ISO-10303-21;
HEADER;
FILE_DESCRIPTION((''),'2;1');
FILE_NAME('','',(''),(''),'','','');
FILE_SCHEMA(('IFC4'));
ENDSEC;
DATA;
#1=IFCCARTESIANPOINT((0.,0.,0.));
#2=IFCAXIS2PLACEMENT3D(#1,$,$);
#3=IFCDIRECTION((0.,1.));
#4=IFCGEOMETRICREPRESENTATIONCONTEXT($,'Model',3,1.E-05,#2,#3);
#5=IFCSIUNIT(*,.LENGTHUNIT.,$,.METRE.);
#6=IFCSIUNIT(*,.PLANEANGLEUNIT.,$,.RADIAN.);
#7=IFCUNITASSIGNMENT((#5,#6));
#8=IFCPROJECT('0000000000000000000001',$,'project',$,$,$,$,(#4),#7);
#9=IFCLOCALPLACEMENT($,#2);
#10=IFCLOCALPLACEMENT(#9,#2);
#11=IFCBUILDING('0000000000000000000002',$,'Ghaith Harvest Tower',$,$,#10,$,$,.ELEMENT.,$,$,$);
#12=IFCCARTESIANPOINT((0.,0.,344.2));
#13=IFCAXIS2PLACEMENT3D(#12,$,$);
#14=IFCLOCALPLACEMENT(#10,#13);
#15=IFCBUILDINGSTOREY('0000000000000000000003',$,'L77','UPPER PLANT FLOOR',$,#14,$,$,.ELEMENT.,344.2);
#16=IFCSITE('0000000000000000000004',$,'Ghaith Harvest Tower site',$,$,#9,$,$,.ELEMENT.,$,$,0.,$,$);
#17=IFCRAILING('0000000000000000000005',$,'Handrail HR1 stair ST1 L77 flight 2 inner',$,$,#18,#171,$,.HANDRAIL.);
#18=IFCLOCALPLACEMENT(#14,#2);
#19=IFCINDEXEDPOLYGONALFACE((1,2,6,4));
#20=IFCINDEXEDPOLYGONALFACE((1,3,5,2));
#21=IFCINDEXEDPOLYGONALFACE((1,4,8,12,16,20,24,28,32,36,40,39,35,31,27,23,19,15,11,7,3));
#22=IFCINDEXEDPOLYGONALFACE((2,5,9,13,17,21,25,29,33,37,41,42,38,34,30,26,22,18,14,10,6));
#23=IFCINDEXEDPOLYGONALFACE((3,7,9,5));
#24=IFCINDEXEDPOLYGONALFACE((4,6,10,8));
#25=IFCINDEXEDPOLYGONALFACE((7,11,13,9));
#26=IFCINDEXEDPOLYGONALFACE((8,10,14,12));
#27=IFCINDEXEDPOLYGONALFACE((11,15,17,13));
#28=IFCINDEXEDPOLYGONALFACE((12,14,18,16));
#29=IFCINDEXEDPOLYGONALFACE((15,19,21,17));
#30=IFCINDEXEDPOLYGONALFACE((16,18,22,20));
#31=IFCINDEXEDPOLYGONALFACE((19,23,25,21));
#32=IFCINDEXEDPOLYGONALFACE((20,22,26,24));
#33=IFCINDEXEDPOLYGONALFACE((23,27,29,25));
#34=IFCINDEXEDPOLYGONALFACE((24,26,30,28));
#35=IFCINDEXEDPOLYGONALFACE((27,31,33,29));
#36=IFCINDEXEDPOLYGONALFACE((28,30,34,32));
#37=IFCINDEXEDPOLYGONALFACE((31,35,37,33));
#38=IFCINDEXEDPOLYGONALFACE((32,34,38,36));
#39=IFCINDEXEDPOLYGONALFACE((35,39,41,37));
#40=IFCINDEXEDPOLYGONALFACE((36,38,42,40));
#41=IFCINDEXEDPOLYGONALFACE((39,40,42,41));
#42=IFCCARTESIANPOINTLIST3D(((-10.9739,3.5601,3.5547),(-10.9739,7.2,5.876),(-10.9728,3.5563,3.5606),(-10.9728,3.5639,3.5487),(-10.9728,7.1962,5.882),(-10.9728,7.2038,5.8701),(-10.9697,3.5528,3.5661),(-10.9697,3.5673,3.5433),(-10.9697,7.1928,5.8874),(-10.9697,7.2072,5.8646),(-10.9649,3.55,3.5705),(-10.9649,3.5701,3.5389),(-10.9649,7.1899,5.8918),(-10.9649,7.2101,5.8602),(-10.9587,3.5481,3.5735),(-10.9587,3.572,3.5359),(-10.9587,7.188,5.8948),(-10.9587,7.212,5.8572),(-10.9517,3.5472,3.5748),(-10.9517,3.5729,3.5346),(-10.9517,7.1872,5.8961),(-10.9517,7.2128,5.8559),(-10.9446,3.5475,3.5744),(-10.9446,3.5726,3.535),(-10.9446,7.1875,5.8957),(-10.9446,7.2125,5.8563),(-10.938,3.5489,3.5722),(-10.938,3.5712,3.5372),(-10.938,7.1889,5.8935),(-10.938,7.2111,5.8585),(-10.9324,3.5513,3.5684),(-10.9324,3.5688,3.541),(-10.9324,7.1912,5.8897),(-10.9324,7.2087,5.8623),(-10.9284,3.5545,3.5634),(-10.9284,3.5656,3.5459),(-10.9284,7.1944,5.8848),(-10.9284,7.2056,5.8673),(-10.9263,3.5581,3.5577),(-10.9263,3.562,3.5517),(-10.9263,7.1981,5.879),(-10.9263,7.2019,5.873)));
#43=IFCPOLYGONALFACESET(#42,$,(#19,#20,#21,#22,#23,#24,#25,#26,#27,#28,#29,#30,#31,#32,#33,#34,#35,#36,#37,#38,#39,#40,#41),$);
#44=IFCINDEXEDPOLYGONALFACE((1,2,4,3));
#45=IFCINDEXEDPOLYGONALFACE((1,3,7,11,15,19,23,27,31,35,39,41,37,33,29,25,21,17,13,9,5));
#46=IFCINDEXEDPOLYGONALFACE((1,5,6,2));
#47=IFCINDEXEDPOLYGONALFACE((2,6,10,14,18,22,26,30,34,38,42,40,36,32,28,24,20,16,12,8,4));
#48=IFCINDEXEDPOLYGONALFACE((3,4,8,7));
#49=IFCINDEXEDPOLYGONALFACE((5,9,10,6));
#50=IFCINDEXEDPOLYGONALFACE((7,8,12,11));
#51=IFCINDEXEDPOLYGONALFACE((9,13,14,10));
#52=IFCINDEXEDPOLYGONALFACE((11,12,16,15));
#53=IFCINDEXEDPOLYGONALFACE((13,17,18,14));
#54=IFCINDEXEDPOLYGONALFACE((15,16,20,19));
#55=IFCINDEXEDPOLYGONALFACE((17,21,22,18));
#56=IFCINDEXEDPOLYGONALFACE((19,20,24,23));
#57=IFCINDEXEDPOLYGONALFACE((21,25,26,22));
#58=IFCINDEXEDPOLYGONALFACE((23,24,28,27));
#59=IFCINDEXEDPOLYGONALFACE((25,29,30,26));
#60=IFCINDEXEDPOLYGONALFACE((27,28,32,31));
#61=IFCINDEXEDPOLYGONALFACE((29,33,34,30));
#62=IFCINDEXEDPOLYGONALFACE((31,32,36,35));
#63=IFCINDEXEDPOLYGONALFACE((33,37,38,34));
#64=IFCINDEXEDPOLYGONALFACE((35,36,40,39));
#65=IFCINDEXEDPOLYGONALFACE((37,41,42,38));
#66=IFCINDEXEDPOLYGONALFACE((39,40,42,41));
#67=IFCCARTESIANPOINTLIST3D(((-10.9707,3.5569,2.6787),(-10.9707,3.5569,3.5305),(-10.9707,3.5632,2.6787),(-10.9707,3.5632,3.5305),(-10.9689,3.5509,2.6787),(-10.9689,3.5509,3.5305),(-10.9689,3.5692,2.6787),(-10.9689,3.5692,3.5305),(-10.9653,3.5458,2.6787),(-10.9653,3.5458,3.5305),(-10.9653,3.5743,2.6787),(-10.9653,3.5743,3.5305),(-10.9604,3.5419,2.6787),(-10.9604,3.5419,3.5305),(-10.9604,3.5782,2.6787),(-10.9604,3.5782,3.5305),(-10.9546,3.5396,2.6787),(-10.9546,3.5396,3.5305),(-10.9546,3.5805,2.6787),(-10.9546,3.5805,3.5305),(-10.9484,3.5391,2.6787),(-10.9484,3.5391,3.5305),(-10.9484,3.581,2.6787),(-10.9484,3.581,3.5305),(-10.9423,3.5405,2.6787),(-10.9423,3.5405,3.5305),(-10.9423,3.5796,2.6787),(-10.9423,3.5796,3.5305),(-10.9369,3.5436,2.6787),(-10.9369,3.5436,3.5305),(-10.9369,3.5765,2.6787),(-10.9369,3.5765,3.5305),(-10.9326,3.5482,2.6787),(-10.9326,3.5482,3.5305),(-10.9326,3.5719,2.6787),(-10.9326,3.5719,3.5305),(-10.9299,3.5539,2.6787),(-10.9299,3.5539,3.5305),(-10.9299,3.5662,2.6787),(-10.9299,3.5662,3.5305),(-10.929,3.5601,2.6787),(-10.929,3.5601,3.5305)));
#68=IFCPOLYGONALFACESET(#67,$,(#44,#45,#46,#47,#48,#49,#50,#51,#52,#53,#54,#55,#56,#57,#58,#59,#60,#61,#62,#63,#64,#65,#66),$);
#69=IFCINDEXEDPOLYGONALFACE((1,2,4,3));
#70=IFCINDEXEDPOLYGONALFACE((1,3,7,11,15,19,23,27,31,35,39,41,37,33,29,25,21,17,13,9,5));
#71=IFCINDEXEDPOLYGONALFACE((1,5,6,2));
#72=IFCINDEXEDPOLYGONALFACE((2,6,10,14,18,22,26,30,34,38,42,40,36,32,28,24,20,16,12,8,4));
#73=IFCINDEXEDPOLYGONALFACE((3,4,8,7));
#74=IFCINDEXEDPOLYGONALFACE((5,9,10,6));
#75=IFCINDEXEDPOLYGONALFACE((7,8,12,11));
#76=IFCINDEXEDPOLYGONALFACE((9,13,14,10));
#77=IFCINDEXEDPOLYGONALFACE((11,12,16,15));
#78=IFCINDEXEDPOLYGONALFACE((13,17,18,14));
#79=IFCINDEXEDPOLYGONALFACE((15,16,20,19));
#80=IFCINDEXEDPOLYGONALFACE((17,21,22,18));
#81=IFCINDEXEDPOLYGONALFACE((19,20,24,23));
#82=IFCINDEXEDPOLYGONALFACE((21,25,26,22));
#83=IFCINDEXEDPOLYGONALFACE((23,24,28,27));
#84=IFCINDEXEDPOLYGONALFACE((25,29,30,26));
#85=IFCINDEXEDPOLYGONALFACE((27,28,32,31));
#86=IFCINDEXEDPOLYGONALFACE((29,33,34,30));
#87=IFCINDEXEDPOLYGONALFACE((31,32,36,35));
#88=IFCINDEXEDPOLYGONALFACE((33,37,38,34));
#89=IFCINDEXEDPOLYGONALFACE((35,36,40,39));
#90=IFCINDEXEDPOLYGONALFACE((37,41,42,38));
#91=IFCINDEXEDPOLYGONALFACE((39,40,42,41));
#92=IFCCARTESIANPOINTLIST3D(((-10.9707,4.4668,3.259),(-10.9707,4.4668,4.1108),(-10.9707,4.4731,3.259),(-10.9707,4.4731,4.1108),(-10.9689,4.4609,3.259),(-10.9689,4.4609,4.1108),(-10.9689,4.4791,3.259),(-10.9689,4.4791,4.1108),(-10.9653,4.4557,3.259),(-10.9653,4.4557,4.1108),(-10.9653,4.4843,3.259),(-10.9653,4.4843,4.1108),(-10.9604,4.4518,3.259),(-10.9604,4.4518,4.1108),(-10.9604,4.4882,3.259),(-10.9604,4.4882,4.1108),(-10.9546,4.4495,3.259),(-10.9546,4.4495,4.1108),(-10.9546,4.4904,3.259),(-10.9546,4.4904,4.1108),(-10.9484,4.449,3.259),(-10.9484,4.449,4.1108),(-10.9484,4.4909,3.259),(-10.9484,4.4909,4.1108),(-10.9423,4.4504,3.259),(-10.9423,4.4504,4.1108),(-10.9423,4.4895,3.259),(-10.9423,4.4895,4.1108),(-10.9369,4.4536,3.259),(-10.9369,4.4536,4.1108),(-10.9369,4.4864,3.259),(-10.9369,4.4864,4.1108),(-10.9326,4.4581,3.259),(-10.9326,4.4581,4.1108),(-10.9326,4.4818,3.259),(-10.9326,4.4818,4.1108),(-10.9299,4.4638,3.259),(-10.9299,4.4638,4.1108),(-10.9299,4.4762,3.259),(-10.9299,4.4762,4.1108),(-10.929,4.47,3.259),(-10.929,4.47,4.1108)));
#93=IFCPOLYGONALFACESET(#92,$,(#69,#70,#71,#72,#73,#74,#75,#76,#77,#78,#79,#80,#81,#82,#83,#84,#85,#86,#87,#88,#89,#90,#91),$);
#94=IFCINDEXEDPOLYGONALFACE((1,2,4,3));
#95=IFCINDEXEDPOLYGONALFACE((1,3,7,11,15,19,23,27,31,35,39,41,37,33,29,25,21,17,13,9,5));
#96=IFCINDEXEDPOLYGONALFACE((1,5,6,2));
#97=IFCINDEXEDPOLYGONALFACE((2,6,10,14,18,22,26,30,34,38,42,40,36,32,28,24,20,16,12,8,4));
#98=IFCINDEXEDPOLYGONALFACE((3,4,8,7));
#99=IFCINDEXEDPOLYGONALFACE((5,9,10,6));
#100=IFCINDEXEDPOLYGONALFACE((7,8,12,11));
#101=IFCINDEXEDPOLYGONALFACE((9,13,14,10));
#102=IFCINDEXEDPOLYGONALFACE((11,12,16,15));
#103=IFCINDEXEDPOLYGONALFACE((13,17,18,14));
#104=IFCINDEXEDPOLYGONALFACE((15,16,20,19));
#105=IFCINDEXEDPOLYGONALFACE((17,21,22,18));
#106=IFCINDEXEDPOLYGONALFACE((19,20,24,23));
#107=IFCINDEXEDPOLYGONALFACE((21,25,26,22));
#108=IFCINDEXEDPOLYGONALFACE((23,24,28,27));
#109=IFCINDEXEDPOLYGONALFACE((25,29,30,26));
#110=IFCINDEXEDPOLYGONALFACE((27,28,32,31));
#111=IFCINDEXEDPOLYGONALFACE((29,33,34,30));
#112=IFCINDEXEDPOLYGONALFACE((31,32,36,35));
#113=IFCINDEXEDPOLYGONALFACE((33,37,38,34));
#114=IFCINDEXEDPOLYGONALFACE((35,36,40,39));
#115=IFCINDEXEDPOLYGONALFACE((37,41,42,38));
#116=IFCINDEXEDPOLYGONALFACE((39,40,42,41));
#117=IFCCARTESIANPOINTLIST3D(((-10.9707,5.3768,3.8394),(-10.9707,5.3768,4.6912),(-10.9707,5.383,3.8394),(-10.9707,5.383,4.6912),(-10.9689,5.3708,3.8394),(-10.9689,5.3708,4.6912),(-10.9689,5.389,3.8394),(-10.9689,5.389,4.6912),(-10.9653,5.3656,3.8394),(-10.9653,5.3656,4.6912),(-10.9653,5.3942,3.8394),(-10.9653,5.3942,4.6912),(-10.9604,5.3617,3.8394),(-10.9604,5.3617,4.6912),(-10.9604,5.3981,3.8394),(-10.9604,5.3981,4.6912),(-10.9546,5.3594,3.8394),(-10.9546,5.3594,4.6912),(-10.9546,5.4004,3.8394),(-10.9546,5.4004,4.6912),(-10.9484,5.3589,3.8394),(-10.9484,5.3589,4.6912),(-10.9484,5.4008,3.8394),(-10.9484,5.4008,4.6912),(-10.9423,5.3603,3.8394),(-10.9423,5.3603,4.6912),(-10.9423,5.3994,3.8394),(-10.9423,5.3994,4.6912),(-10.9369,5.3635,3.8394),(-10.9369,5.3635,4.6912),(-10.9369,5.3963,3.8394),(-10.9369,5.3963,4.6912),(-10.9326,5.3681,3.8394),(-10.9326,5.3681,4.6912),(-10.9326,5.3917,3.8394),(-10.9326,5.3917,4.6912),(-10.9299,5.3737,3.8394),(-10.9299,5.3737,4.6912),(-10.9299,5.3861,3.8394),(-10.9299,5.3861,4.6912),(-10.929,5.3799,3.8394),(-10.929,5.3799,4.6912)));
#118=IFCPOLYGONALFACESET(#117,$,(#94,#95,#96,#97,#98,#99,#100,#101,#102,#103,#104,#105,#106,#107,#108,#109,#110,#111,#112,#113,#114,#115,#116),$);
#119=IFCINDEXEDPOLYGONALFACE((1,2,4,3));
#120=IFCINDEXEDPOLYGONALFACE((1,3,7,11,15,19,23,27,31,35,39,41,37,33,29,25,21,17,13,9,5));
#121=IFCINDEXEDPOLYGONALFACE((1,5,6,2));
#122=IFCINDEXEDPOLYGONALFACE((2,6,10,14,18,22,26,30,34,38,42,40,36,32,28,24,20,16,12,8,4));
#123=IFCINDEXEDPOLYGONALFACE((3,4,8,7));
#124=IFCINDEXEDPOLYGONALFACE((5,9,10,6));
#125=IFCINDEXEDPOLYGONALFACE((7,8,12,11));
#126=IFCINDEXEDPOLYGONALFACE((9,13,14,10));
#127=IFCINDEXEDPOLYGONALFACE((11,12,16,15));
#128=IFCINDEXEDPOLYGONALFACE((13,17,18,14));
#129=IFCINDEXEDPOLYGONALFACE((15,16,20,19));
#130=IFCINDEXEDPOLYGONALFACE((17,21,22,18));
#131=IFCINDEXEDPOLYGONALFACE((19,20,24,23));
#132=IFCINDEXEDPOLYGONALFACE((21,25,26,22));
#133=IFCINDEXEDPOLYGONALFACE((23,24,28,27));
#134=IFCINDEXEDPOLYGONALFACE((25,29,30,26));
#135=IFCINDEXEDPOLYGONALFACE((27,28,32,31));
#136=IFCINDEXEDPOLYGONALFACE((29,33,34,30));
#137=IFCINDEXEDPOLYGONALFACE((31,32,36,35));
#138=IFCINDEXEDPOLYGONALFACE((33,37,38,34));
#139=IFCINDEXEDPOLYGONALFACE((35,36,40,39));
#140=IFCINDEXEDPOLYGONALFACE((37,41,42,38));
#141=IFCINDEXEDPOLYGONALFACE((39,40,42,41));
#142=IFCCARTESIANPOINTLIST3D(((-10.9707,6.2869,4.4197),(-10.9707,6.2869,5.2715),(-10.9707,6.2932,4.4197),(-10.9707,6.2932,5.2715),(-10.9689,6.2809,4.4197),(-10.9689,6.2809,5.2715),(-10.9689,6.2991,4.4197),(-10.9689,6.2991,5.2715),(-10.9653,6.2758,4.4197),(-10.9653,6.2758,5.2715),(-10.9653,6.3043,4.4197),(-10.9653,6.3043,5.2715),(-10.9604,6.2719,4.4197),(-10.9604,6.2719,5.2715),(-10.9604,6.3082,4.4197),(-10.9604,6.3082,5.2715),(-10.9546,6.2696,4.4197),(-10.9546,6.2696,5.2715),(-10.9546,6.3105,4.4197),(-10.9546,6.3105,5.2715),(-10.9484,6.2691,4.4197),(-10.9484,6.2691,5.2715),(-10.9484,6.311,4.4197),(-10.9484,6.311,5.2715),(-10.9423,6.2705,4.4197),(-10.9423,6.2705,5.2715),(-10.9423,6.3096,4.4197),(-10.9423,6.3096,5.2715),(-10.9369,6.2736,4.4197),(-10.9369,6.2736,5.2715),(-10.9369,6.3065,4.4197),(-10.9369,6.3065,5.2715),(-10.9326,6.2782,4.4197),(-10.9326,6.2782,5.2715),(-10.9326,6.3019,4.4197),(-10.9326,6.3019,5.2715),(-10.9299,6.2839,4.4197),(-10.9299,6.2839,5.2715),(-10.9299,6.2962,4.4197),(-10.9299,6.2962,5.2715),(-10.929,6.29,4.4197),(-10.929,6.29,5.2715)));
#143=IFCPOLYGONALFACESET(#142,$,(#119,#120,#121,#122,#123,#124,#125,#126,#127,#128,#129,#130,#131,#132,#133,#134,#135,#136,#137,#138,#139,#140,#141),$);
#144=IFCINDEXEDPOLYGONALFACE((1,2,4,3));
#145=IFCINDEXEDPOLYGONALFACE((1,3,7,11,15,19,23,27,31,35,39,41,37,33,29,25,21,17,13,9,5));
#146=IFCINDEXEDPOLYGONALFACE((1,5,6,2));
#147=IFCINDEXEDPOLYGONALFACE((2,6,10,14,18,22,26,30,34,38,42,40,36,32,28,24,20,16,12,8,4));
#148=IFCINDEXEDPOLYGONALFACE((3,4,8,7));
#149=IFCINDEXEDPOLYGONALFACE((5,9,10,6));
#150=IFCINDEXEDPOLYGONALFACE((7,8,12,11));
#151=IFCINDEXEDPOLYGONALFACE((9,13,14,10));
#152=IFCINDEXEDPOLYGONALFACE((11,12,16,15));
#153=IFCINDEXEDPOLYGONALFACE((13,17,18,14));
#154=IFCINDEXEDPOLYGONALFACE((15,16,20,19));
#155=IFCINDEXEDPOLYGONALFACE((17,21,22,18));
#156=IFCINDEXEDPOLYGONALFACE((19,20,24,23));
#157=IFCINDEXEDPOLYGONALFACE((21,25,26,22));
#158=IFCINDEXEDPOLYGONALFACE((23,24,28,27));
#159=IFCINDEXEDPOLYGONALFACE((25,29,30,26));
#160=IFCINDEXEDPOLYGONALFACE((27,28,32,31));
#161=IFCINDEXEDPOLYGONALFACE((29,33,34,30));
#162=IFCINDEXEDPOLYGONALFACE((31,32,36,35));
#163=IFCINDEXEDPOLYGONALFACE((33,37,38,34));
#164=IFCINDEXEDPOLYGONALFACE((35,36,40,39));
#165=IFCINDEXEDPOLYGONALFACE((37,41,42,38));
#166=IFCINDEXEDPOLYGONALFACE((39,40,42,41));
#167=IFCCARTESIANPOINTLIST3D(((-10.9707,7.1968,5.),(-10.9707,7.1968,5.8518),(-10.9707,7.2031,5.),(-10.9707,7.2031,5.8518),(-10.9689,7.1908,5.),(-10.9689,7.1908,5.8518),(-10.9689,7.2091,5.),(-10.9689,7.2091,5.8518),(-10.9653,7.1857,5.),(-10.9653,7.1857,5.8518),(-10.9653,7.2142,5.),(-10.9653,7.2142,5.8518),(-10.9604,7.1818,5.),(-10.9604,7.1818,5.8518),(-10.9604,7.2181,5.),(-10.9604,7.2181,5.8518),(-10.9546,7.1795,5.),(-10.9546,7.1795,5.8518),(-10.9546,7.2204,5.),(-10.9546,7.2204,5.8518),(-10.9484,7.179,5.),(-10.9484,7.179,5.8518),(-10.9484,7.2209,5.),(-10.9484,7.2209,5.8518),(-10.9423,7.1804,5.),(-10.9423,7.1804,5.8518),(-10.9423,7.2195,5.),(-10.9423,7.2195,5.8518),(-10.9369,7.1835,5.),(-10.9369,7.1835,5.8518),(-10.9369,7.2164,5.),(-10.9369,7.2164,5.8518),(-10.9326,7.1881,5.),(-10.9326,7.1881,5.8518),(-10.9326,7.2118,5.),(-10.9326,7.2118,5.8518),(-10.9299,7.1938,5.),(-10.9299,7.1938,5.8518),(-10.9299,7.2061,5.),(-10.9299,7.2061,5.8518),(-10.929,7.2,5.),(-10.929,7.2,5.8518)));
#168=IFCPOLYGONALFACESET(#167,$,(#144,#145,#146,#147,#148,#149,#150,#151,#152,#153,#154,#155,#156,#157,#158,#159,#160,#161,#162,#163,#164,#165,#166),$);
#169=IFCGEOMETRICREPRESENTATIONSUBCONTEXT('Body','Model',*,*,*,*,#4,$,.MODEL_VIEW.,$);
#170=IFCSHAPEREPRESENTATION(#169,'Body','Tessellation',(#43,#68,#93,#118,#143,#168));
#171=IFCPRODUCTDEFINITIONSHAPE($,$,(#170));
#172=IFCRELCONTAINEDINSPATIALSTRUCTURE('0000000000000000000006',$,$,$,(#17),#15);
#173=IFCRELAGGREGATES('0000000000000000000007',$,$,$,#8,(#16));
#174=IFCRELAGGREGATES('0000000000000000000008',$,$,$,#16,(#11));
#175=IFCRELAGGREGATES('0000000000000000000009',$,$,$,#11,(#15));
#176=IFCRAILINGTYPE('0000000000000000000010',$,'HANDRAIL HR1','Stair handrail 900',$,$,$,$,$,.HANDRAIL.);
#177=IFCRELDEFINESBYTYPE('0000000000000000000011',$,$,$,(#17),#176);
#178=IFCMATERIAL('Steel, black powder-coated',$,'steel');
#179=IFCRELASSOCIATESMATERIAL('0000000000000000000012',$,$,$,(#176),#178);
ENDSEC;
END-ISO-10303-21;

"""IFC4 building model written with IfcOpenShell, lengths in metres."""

from ifc_helpers import new_model, si_unit, direction, frame, origin, origin_2d, place, context, subcontext, project, spatial, circle, extrude, material, type_object, element, save


model = new_model("IFC4")

# Units and contexts
model_context = context("Model", 3, precision=1e-05, world=origin(), true_north=direction((0.0, 1.0)))
body_context = subcontext(model_context, "Body", "Model", "MODEL_VIEW")
ifc_project = project(units=[si_unit("LENGTHUNIT", "METRE"), si_unit("PLANEANGLEUNIT", "RADIAN")], contexts=[model_context])

# Site, building, storey
site_placement = place(None, origin())
site = spatial("IfcSite", under=ifc_project, at=site_placement, Name="Ghaith Harvest Tower site", CompositionType="ELEMENT", RefElevation=0.0)
building_placement = place(site_placement, origin())
building = spatial("IfcBuilding", under=site, at=building_placement, Name="Ghaith Harvest Tower", CompositionType="ELEMENT")
storey_placement = place(building_placement, frame((0.0, 0.0, 344.2)))
storey = spatial("IfcBuildingStorey", under=building, at=storey_placement, Name="L77", Description="UPPER PLANT FLOOR", CompositionType="ELEMENT", Elevation=344.2)

# Railing
ifc_material_1 = material(Name="Steel, black powder-coated", Category="steel")
railing_type = type_object("IfcRailingType", Name="HANDRAIL HR1", Description="Stair handrail 900", PredefinedType="HANDRAIL", material=ifc_material_1)
railing_1_placement = place(storey_placement, frame((-10.95, 3.5601, 2.6787)))
element("IfcRailing", 1, at=railing_1_placement, inside=storey, type_object=railing_type, Name="Handrail HR1 stair ST1 L77 flight 2 inner", PredefinedType="HANDRAIL", context=body_context, shape_type="SweptSolid", body=[
    extrude(circle(Radius=0.0239, at=origin_2d()), frame((0.0, 0.0, 0.876), z_axis=(0.0, 0.843137, 0.537699), x_axis=(-1.0, 0.0, 0.0)), (0.0, 0.0, 1.0), 4.3171),
    extrude(circle(Radius=0.021, at=origin_2d()), origin(), (0.0, 0.0, 1.0), 0.8518),
    extrude(circle(Radius=0.021, at=origin_2d()), frame((0.0, 0.9099, 0.5803)), (0.0, 0.0, 1.0), 0.8518),
    extrude(circle(Radius=0.021, at=origin_2d()), frame((0.0, 1.8198, 1.1606)), (0.0, 0.0, 1.0), 0.8518),
    extrude(circle(Radius=0.021, at=origin_2d()), frame((0.0, 2.73, 1.741)), (0.0, 0.0, 1.0), 0.8518),
    extrude(circle(Radius=0.021, at=origin_2d()), frame((0.0, 3.6399, 2.3213)), (0.0, 0.0, 1.0), 0.8518),
])

save(model, "model.ifc")
